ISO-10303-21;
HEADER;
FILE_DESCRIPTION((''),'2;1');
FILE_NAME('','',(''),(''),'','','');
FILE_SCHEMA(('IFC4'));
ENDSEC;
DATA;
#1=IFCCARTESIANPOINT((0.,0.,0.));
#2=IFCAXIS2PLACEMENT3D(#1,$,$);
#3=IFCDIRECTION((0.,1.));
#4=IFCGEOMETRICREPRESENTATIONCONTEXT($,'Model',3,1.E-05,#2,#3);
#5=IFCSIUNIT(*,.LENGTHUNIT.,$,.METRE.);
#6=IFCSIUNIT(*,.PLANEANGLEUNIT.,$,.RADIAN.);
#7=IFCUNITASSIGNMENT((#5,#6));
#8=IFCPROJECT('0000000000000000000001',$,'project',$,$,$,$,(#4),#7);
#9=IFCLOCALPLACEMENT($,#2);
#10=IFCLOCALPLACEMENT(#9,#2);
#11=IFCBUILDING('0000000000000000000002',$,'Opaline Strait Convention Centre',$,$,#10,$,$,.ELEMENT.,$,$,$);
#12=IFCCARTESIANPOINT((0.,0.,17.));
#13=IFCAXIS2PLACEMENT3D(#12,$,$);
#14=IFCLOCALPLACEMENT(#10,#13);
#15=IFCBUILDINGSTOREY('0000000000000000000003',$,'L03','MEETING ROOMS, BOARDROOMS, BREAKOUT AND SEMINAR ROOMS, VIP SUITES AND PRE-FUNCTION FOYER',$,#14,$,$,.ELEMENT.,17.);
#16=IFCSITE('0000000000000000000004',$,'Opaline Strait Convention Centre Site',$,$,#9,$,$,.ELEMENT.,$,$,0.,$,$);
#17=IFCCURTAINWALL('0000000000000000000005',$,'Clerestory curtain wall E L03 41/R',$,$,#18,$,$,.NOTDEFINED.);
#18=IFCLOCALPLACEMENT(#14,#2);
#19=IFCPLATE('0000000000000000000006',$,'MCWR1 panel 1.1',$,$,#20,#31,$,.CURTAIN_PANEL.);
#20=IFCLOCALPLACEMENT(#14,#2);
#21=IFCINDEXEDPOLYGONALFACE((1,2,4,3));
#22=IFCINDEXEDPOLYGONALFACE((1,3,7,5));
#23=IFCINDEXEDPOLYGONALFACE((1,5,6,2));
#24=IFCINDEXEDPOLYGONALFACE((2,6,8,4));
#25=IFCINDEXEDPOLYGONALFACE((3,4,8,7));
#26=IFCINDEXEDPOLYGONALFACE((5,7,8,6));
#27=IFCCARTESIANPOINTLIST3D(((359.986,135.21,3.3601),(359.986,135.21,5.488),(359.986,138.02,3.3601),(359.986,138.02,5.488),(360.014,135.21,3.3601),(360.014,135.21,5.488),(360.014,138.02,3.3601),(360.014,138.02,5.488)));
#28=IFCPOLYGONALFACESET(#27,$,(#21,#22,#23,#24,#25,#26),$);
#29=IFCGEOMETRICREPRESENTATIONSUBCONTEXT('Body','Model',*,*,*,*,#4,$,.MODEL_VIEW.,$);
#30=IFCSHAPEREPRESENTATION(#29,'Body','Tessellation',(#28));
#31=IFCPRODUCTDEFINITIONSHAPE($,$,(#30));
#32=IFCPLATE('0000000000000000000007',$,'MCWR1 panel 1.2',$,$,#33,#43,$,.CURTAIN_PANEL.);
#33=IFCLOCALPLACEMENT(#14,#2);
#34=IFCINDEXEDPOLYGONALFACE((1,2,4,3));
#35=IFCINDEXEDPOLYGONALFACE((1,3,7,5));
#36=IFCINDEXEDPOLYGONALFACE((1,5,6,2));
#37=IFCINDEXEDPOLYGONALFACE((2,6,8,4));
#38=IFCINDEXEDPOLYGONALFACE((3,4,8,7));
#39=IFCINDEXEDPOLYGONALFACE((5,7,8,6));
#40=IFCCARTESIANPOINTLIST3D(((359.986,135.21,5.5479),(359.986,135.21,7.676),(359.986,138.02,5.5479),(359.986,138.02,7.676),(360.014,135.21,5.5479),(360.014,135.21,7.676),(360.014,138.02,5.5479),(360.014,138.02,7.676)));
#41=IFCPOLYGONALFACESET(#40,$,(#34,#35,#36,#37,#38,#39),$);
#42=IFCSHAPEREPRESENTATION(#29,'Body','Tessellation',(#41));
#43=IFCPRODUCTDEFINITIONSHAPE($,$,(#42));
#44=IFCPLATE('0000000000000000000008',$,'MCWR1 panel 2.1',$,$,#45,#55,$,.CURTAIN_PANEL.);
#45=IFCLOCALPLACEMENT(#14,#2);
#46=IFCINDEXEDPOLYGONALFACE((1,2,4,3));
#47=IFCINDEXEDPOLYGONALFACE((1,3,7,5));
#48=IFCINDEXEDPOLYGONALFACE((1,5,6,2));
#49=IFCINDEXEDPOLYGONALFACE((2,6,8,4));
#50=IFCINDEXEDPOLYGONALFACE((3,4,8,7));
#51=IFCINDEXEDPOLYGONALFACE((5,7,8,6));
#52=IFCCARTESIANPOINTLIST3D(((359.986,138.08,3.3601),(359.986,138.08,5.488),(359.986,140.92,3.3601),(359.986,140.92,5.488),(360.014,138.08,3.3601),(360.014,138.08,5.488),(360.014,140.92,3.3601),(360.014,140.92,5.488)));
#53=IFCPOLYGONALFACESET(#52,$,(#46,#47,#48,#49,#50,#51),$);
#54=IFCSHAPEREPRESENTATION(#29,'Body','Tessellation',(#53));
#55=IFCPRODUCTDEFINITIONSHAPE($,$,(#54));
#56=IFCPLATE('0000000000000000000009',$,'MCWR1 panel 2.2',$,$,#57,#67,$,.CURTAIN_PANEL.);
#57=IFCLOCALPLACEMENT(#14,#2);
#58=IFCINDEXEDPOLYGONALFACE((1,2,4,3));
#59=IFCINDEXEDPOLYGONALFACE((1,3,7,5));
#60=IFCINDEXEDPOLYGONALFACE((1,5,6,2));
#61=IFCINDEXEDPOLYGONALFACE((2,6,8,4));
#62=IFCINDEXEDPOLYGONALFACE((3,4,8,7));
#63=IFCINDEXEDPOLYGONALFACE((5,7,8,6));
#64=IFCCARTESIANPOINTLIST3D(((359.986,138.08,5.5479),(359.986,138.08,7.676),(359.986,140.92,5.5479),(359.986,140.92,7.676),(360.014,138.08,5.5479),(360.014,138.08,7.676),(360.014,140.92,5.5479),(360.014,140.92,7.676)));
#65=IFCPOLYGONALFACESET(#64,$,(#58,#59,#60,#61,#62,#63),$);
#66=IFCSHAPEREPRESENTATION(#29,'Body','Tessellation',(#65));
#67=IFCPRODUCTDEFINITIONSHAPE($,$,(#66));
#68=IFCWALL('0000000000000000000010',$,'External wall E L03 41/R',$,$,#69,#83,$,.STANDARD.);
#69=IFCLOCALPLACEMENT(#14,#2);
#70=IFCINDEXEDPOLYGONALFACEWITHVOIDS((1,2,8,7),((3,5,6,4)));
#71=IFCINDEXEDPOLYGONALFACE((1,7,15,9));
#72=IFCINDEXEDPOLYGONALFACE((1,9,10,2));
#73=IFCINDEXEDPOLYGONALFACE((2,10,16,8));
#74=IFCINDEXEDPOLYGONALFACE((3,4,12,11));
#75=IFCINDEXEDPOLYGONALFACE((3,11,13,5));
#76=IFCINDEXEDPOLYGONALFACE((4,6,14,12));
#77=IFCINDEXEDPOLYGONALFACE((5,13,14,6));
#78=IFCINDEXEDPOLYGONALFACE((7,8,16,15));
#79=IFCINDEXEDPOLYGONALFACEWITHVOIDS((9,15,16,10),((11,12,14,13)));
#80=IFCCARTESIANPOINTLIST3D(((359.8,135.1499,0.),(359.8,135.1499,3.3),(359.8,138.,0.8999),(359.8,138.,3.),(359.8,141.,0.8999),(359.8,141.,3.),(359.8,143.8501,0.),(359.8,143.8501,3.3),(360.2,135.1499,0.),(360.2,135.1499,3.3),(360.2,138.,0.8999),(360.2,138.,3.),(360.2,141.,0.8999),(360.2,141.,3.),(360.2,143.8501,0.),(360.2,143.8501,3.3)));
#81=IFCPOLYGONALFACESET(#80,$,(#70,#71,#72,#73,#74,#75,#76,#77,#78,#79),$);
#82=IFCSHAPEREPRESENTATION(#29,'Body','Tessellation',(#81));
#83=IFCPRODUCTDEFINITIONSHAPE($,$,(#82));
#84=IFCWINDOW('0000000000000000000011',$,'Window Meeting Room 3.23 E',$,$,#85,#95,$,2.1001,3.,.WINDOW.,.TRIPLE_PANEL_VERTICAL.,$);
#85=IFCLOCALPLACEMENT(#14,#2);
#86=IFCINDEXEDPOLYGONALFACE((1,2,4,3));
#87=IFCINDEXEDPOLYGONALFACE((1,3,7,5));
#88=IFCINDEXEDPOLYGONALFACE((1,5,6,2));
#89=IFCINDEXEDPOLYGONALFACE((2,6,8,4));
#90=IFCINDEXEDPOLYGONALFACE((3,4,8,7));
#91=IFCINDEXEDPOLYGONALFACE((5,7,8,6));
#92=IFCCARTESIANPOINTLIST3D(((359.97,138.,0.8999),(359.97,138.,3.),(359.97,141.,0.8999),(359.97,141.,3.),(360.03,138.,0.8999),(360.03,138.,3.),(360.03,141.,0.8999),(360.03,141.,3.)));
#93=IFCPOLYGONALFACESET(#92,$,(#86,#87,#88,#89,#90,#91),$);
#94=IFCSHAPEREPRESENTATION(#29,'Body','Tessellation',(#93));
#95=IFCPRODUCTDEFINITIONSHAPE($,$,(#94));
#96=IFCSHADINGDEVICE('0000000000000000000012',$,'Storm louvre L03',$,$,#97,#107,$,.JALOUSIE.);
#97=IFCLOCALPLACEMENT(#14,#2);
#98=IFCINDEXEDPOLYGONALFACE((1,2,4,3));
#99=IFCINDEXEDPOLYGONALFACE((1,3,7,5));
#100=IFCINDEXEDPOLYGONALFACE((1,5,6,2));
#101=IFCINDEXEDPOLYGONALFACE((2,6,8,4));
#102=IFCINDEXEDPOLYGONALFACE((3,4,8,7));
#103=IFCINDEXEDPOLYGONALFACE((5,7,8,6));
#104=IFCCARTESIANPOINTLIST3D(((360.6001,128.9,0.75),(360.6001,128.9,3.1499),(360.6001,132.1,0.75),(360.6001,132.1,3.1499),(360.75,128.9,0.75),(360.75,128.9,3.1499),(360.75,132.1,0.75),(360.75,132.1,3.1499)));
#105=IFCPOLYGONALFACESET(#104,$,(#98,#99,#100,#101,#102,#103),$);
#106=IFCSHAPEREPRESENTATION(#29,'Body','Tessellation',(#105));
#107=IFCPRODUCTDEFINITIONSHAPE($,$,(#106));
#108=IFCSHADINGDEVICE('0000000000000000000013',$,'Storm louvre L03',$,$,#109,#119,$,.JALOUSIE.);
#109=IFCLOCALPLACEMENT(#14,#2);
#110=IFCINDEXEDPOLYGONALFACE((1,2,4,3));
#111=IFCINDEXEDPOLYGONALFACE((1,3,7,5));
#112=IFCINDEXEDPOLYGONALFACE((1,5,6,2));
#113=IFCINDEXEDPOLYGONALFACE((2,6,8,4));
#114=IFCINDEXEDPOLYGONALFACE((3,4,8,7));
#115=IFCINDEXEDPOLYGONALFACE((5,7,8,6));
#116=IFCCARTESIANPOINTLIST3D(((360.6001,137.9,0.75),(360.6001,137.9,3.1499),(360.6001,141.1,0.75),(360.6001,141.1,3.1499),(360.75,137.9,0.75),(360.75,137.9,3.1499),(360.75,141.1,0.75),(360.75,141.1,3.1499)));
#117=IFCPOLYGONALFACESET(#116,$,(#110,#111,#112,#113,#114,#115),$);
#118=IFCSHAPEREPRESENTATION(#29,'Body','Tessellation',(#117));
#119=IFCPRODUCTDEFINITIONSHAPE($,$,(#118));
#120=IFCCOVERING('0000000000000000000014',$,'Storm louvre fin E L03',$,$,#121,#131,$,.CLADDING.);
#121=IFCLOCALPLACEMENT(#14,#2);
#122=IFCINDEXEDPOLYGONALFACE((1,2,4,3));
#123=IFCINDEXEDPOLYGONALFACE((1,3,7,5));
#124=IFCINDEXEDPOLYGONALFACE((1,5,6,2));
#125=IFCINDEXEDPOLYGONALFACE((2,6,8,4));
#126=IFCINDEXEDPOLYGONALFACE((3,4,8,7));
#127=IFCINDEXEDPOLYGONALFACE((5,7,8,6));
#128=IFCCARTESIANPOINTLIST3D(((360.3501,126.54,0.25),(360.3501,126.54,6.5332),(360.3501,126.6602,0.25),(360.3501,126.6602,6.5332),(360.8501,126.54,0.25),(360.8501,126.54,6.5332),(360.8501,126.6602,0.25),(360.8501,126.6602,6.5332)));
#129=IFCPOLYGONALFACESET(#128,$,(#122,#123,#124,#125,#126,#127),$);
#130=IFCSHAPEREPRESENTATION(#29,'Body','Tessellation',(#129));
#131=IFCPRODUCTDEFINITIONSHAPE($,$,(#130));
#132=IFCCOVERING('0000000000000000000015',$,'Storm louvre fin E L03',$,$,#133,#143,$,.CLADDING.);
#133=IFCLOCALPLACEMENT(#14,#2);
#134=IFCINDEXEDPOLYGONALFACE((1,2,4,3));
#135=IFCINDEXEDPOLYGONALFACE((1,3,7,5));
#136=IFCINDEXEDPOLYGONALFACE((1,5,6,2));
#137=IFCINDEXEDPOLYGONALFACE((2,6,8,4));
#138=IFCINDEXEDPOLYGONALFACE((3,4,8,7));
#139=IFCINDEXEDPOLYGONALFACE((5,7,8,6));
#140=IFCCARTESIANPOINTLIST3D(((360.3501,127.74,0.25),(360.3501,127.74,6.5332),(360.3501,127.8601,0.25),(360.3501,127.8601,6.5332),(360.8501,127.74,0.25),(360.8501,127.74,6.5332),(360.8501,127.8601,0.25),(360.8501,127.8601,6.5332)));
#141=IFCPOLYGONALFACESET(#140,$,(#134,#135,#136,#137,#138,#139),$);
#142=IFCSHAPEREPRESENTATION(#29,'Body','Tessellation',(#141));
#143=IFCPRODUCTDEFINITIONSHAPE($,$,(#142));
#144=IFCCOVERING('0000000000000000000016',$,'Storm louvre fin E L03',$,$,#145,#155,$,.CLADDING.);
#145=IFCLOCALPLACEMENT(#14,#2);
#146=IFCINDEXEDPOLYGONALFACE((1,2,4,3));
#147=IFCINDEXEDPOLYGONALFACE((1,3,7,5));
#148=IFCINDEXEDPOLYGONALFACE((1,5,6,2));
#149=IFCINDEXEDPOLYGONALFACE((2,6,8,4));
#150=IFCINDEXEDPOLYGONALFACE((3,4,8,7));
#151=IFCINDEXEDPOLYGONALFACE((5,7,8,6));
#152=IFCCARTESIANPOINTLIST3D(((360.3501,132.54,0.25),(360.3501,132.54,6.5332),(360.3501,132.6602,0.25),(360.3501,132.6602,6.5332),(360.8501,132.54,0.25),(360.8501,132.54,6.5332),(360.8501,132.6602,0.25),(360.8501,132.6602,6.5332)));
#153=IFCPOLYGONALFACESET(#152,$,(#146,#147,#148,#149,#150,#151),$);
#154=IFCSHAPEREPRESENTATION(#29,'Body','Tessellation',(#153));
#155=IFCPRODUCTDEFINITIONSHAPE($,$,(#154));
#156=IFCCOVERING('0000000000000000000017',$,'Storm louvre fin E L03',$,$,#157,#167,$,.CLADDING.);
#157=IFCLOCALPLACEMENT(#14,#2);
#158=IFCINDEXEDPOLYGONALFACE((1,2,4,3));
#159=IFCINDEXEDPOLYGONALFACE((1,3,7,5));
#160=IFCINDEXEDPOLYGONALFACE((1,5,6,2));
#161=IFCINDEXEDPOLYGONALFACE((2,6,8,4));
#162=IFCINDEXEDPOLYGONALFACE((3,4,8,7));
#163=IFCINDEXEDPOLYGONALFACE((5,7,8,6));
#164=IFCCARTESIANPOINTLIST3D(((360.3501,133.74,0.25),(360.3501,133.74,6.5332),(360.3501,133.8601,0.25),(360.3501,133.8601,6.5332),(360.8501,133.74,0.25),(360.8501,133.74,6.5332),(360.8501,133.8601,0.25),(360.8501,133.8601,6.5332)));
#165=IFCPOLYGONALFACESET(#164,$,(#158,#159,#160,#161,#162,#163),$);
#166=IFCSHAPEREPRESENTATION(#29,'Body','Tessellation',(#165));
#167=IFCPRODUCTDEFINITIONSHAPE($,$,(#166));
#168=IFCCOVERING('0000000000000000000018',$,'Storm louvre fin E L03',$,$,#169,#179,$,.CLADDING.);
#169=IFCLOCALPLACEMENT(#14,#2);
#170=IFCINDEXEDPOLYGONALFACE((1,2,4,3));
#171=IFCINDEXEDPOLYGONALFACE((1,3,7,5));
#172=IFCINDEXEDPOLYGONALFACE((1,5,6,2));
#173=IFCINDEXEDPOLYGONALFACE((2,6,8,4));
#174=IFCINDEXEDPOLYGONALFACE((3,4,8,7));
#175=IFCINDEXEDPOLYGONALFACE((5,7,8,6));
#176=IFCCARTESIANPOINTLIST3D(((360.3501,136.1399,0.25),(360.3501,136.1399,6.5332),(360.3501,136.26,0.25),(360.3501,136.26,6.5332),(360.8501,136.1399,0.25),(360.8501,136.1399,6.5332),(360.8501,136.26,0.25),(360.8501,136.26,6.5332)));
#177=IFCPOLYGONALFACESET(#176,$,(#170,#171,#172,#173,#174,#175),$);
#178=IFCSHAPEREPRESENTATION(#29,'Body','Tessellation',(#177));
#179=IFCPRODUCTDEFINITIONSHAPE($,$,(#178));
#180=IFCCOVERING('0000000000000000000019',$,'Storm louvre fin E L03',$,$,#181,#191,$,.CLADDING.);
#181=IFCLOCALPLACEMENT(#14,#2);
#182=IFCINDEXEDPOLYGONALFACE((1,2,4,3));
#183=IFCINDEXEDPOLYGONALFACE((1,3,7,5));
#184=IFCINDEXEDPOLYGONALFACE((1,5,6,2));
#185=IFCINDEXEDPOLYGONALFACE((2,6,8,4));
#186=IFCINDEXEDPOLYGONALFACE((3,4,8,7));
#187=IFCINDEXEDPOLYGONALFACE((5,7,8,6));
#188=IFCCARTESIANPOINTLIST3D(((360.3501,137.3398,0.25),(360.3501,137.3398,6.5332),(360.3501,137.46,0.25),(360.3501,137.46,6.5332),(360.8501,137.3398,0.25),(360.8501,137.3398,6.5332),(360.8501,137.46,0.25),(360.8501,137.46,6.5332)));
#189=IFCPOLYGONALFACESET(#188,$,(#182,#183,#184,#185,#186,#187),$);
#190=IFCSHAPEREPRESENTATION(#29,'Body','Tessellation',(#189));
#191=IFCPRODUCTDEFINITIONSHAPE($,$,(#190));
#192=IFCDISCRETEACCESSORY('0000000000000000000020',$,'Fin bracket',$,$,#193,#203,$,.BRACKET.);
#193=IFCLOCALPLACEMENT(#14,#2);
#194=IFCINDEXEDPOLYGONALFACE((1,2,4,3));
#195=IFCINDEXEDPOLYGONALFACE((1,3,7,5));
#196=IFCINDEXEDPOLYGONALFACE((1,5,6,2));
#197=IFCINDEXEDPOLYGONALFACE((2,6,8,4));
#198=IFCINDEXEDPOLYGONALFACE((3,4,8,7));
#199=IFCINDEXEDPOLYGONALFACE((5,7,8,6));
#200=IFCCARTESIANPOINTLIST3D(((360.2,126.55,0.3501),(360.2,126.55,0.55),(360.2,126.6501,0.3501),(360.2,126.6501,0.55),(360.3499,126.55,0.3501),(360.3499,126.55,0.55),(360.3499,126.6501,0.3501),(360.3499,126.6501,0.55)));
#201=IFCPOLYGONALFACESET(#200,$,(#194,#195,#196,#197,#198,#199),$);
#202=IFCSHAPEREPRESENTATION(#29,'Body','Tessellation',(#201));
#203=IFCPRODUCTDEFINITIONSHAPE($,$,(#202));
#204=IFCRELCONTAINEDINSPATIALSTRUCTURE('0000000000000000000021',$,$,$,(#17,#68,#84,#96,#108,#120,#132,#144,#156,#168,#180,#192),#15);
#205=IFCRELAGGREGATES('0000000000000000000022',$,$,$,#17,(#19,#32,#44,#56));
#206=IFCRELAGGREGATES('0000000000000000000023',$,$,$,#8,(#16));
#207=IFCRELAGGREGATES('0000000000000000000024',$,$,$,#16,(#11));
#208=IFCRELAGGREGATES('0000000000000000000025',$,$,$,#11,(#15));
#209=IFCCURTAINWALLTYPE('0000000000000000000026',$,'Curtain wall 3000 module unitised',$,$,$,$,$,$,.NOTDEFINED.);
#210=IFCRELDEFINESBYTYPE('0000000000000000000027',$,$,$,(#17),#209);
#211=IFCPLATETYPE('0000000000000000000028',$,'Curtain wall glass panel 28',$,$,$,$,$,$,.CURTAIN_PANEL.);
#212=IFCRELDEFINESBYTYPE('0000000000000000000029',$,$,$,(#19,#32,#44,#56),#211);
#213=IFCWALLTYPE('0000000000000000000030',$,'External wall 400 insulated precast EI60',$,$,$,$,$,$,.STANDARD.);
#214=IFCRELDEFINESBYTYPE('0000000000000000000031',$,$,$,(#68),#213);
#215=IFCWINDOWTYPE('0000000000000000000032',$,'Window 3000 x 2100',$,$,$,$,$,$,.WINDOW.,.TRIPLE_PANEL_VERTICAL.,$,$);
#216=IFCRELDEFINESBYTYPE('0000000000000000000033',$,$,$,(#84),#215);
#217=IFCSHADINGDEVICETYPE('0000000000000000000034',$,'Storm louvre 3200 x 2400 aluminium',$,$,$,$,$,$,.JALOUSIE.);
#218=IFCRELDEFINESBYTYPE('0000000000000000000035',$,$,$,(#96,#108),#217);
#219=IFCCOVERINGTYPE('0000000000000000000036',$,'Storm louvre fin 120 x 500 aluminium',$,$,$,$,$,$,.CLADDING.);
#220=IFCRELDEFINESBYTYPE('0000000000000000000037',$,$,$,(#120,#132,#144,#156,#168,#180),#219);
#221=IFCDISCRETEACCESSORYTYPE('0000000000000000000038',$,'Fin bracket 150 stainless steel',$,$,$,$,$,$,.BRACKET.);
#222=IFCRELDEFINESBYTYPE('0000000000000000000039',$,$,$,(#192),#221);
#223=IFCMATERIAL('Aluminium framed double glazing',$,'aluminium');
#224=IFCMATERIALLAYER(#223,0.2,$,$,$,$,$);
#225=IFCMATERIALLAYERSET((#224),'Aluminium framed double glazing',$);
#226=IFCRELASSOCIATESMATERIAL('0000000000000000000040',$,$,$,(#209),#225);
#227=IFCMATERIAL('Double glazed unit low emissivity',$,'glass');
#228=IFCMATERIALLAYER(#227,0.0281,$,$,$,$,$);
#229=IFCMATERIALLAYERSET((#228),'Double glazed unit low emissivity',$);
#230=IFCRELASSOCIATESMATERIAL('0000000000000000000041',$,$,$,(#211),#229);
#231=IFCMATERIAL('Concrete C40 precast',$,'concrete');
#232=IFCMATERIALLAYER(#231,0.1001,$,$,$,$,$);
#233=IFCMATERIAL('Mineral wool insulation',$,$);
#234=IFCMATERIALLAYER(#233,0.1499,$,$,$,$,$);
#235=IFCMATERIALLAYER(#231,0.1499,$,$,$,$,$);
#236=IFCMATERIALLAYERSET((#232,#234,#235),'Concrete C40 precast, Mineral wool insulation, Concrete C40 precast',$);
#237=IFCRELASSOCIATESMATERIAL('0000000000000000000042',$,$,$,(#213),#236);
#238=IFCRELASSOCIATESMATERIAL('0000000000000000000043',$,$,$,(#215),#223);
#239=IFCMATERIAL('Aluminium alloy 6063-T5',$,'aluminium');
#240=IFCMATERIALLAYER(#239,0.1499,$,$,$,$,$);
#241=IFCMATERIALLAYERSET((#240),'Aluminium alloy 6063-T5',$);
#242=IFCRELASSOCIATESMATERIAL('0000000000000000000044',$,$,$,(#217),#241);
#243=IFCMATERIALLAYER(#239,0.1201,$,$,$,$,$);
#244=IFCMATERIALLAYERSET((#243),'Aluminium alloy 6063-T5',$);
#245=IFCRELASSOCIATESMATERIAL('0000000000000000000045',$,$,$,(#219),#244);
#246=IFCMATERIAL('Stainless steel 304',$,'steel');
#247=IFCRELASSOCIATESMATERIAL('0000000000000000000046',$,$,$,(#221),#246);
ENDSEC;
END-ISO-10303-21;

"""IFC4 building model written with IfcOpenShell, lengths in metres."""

from ifc_helpers import new_model, si_unit, direction, frame, frame_2d, origin, origin_2d, place, context, subcontext, project, spatial, rectangle, extrude, material, layer, layer_set, type_object, element, fill, aggregate, save


model = new_model("IFC4")

# Units and contexts
model_context = context("Model", 3, precision=1e-05, world=origin(), true_north=direction((0.0, 1.0)))
body_context = subcontext(model_context, "Body", "Model", "MODEL_VIEW")
ifc_project = project(units=[si_unit("LENGTHUNIT", "METRE"), si_unit("PLANEANGLEUNIT", "RADIAN")], contexts=[model_context])

# Site, building, storey
site_placement = place(None, origin())
site = spatial("IfcSite", under=ifc_project, at=site_placement, Name="Opaline Strait Convention Centre Site", CompositionType="ELEMENT", RefElevation=0.0)
building_placement = place(site_placement, origin())
building = spatial("IfcBuilding", under=site, at=building_placement, Name="Opaline Strait Convention Centre", CompositionType="ELEMENT")
storey_placement = place(building_placement, frame((0.0, 0.0, 17.0)))
storey = spatial("IfcBuildingStorey", under=building, at=storey_placement, Name="L03", Description="MEETING ROOMS, BOARDROOMS, BREAKOUT AND SEMINAR ROOMS, VIP SUITES AND PRE-FUNCTION FOYER", CompositionType="ELEMENT", Elevation=17.0)

# Curtain wall
ifc_material_1 = material(Name="Aluminium framed double glazing", Category="aluminium")
ifc_layer_1 = layer(ifc_material_1, 0.2)
ifc_layer_set_1 = layer_set([ifc_layer_1], Name="Aluminium framed double glazing")
curtain_wall_type = type_object("IfcCurtainWallType", Name="Curtain wall 3000 module unitised", PredefinedType="NOTDEFINED", material=ifc_layer_set_1)
curtain_wall_placement = place(storey_placement, origin())
curtain_wall = element("IfcCurtainWall", 1, at=curtain_wall_placement, inside=storey, type_object=curtain_wall_type, Name="Clerestory curtain wall E L03 41/R", PredefinedType="NOTDEFINED")

# Plates
ifc_material_2 = material(Name="Double glazed unit low emissivity", Category="glass")
ifc_layer_2 = layer(ifc_material_2, 0.0281)
ifc_layer_set_2 = layer_set([ifc_layer_2], Name="Double glazed unit low emissivity")
plate_type = type_object("IfcPlateType", Name="Curtain wall glass panel 28", PredefinedType="CURTAIN_PANEL", material=ifc_layer_set_2)
plate_1_placement = place(storey_placement, frame((360.0, 136.615, 3.3601), z_axis=(0.0, 0.0, 1.0), x_axis=(0.0, 1.0, 0.0)))
plate_1 = element("IfcPlate", 2, at=plate_1_placement, type_object=plate_type, Name="MCWR1 panel 1.1", PredefinedType="CURTAIN_PANEL", context=body_context, shape_type="SweptSolid", body=[
    extrude(rectangle(XDim=2.8101, YDim=0.0281, at=origin_2d()), origin(), (0.0, 0.0, 1.0), 2.1279),
])
plate_2_placement = place(storey_placement, frame((360.0, 136.615, 5.5479), z_axis=(0.0, 0.0, 1.0), x_axis=(0.0, 1.0, 0.0)))
plate_2 = element("IfcPlate", 3, at=plate_2_placement, type_object=plate_type, Name="MCWR1 panel 1.2", PredefinedType="CURTAIN_PANEL", context=body_context, shape_type="SweptSolid", body=[
    extrude(rectangle(XDim=2.8101, YDim=0.0281, at=origin_2d()), origin(), (0.0, 0.0, 1.0), 2.1282),
])
plate_3_placement = place(storey_placement, frame((360.0, 139.5, 3.3601), z_axis=(0.0, 0.0, 1.0), x_axis=(0.0, 1.0, 0.0)))
plate_3 = element("IfcPlate", 4, at=plate_3_placement, type_object=plate_type, Name="MCWR1 panel 2.1", PredefinedType="CURTAIN_PANEL", context=body_context, shape_type="SweptSolid", body=[
    extrude(rectangle(XDim=2.8401, YDim=0.0281, at=origin_2d()), origin(), (0.0, 0.0, 1.0), 2.1279),
])
plate_4_placement = place(storey_placement, frame((360.0, 139.5, 5.5479), z_axis=(0.0, 0.0, 1.0), x_axis=(0.0, 1.0, 0.0)))
plate_4 = element("IfcPlate", 5, at=plate_4_placement, type_object=plate_type, Name="MCWR1 panel 2.2", PredefinedType="CURTAIN_PANEL", context=body_context, shape_type="SweptSolid", body=[
    extrude(rectangle(XDim=2.8401, YDim=0.0281, at=origin_2d()), origin(), (0.0, 0.0, 1.0), 2.1282),
])
aggregate(curtain_wall, [plate_1, plate_2, plate_3, plate_4])

# Wall, opening, window
ifc_material_3 = material(Name="Concrete C40 precast", Category="concrete")
ifc_layer_3 = layer(ifc_material_3, 0.1001)
ifc_material_4 = material(Name="Mineral wool insulation")
ifc_layer_4 = layer(ifc_material_4, 0.1499)
ifc_layer_5 = layer(ifc_material_3, 0.1499)
ifc_layer_set_3 = layer_set([ifc_layer_3, ifc_layer_4, ifc_layer_5], Name="Concrete C40 precast, Mineral wool insulation, Concrete C40 precast")
wall_type = type_object("IfcWallType", Name="External wall 400 insulated precast EI60", PredefinedType="STANDARD", material=ifc_layer_set_3)
wall_placement = place(storey_placement, frame((360.0, 135.1499, 0.0), z_axis=(0.0, 0.0, 1.0), x_axis=(0.0, 1.0, 0.0)))
wall = element("IfcWall", 6, at=wall_placement, inside=storey, type_object=wall_type, Name="External wall E L03 41/R", PredefinedType="STANDARD", context=body_context, shape_type="SweptSolid", body=[
    extrude(rectangle(XDim=8.7002, YDim=0.3999, at=frame_2d((4.3501, 0.0))), origin(), (0.0, 0.0, 1.0), 3.3),
])
opening_placement = place(wall_placement, frame((2.8501, 0.0, 0.8999)))
opening = element("IfcOpeningElement", 7, at=opening_placement, cuts=wall, PredefinedType="OPENING", context=body_context, shape_type="SweptSolid", body=[
    extrude(rectangle(XDim=3.0, YDim=2.1001, at=frame_2d((1.5, 1.05))), frame((0.0, 0.21, 0.0), z_axis=(0.0, -1.0, 0.0), x_axis=(1.0, 0.0, 0.0)), (0.0, 0.0, 1.0), 0.4199),
])
window_type = type_object("IfcWindowType", Name="Window 3000 x 2100", PartitioningType="TRIPLE_PANEL_VERTICAL", PredefinedType="WINDOW", material=ifc_material_1)
window_placement = place(opening_placement, origin())
window = element("IfcWindow", 8, at=window_placement, inside=storey, type_object=window_type, Name="Window Meeting Room 3.23 E", OverallHeight=2.1001, OverallWidth=3.0, PartitioningType="TRIPLE_PANEL_VERTICAL", PredefinedType="WINDOW", context=body_context, shape_type="SweptSolid", body=[
    extrude(rectangle(XDim=3.0, YDim=2.1001, at=frame_2d((1.5, 1.05))), frame((0.0, 0.03, 0.0), z_axis=(0.0, -1.0, 0.0), x_axis=(1.0, 0.0, 0.0)), (0.0, 0.0, 1.0), 0.0601),
])
fill(opening, window)

# Shading devices
ifc_material_5 = material(Name="Aluminium alloy 6063-T5", Category="aluminium")
ifc_layer_6 = layer(ifc_material_5, 0.1499)
ifc_layer_set_4 = layer_set([ifc_layer_6], Name="Aluminium alloy 6063-T5")
shading_device_type = type_object("IfcShadingDeviceType", Name="Storm louvre 3200 x 2400 aluminium", PredefinedType="JALOUSIE", material=ifc_layer_set_4)
for number, where, z_axis, x_axis, name in (
    (9, (360.675, 130.5, 0.75), (0.0, 0.0, 1.0), (1.0, 0.0, 0.0), "Storm louvre L03"),
    (10, (360.675, 139.5, 0.75), (0.0, 0.0, 1.0), (1.0, 0.0, 0.0), "Storm louvre L03"),
):
    element("IfcShadingDevice", number, at=place(storey_placement, frame(where, z_axis=z_axis, x_axis=x_axis)), inside=storey, type_object=shading_device_type, Name=name, PredefinedType="JALOUSIE", context=body_context, shape_type="SweptSolid", body=[
        extrude(rectangle(XDim=0.1499, YDim=3.2, at=origin_2d()), origin(), (0.0, 0.0, 1.0), 2.3999),
    ])

# Coverings
ifc_layer_7 = layer(ifc_material_5, 0.1201)
ifc_layer_set_5 = layer_set([ifc_layer_7], Name="Aluminium alloy 6063-T5")
covering_type = type_object("IfcCoveringType", Name="Storm louvre fin 120 x 500 aluminium", PredefinedType="CLADDING", material=ifc_layer_set_5)
for number, where, z_axis, x_axis, name in (
    (11, (360.6001, 126.6001, 0.25), (0.0, 0.0, 1.0), (1.0, 0.0, 0.0), "Storm louvre fin E L03"),
    (12, (360.6001, 127.8, 0.25), (0.0, 0.0, 1.0), (1.0, 0.0, 0.0), "Storm louvre fin E L03"),
    (13, (360.6001, 132.6001, 0.25), (0.0, 0.0, 1.0), (1.0, 0.0, 0.0), "Storm louvre fin E L03"),
    (14, (360.6001, 133.8, 0.25), (0.0, 0.0, 1.0), (1.0, 0.0, 0.0), "Storm louvre fin E L03"),
    (15, (360.6001, 136.2, 0.25), (0.0, 0.0, 1.0), (1.0, 0.0, 0.0), "Storm louvre fin E L03"),
    (16, (360.6001, 137.3999, 0.25), (0.0, 0.0, 1.0), (1.0, 0.0, 0.0), "Storm louvre fin E L03"),
):
    element("IfcCovering", number, at=place(storey_placement, frame(where, z_axis=z_axis, x_axis=x_axis)), inside=storey, type_object=covering_type, Name=name, PredefinedType="CLADDING", context=body_context, shape_type="SweptSolid", body=[
        extrude(rectangle(XDim=0.5, YDim=0.1201, at=origin_2d()), origin(), (0.0, 0.0, 1.0), 6.2832),
    ])

# Discrete accessory
ifc_material_6 = material(Name="Stainless steel 304", Category="steel")
discrete_accessory_type_1 = type_object("IfcDiscreteAccessoryType", Name="Fin bracket 150 stainless steel", PredefinedType="BRACKET", material=ifc_material_6)
for number, where, z_axis, x_axis, name in (
    (17, (360.2749, 126.6001, 0.3501), (0.0, 0.0, 1.0), (1.0, 0.0, 0.0), "Fin bracket"),
):
    element("IfcDiscreteAccessory", number, at=place(storey_placement, frame(where, z_axis=z_axis, x_axis=x_axis)), inside=storey, type_object=discrete_accessory_type_1, Name=name, PredefinedType="BRACKET", context=body_context, shape_type="SweptSolid", body=[
        extrude(rectangle(XDim=0.1499, YDim=0.1001, at=origin_2d()), origin(), (0.0, 0.0, 1.0), 0.2),
    ])

save(model, "model.ifc")
